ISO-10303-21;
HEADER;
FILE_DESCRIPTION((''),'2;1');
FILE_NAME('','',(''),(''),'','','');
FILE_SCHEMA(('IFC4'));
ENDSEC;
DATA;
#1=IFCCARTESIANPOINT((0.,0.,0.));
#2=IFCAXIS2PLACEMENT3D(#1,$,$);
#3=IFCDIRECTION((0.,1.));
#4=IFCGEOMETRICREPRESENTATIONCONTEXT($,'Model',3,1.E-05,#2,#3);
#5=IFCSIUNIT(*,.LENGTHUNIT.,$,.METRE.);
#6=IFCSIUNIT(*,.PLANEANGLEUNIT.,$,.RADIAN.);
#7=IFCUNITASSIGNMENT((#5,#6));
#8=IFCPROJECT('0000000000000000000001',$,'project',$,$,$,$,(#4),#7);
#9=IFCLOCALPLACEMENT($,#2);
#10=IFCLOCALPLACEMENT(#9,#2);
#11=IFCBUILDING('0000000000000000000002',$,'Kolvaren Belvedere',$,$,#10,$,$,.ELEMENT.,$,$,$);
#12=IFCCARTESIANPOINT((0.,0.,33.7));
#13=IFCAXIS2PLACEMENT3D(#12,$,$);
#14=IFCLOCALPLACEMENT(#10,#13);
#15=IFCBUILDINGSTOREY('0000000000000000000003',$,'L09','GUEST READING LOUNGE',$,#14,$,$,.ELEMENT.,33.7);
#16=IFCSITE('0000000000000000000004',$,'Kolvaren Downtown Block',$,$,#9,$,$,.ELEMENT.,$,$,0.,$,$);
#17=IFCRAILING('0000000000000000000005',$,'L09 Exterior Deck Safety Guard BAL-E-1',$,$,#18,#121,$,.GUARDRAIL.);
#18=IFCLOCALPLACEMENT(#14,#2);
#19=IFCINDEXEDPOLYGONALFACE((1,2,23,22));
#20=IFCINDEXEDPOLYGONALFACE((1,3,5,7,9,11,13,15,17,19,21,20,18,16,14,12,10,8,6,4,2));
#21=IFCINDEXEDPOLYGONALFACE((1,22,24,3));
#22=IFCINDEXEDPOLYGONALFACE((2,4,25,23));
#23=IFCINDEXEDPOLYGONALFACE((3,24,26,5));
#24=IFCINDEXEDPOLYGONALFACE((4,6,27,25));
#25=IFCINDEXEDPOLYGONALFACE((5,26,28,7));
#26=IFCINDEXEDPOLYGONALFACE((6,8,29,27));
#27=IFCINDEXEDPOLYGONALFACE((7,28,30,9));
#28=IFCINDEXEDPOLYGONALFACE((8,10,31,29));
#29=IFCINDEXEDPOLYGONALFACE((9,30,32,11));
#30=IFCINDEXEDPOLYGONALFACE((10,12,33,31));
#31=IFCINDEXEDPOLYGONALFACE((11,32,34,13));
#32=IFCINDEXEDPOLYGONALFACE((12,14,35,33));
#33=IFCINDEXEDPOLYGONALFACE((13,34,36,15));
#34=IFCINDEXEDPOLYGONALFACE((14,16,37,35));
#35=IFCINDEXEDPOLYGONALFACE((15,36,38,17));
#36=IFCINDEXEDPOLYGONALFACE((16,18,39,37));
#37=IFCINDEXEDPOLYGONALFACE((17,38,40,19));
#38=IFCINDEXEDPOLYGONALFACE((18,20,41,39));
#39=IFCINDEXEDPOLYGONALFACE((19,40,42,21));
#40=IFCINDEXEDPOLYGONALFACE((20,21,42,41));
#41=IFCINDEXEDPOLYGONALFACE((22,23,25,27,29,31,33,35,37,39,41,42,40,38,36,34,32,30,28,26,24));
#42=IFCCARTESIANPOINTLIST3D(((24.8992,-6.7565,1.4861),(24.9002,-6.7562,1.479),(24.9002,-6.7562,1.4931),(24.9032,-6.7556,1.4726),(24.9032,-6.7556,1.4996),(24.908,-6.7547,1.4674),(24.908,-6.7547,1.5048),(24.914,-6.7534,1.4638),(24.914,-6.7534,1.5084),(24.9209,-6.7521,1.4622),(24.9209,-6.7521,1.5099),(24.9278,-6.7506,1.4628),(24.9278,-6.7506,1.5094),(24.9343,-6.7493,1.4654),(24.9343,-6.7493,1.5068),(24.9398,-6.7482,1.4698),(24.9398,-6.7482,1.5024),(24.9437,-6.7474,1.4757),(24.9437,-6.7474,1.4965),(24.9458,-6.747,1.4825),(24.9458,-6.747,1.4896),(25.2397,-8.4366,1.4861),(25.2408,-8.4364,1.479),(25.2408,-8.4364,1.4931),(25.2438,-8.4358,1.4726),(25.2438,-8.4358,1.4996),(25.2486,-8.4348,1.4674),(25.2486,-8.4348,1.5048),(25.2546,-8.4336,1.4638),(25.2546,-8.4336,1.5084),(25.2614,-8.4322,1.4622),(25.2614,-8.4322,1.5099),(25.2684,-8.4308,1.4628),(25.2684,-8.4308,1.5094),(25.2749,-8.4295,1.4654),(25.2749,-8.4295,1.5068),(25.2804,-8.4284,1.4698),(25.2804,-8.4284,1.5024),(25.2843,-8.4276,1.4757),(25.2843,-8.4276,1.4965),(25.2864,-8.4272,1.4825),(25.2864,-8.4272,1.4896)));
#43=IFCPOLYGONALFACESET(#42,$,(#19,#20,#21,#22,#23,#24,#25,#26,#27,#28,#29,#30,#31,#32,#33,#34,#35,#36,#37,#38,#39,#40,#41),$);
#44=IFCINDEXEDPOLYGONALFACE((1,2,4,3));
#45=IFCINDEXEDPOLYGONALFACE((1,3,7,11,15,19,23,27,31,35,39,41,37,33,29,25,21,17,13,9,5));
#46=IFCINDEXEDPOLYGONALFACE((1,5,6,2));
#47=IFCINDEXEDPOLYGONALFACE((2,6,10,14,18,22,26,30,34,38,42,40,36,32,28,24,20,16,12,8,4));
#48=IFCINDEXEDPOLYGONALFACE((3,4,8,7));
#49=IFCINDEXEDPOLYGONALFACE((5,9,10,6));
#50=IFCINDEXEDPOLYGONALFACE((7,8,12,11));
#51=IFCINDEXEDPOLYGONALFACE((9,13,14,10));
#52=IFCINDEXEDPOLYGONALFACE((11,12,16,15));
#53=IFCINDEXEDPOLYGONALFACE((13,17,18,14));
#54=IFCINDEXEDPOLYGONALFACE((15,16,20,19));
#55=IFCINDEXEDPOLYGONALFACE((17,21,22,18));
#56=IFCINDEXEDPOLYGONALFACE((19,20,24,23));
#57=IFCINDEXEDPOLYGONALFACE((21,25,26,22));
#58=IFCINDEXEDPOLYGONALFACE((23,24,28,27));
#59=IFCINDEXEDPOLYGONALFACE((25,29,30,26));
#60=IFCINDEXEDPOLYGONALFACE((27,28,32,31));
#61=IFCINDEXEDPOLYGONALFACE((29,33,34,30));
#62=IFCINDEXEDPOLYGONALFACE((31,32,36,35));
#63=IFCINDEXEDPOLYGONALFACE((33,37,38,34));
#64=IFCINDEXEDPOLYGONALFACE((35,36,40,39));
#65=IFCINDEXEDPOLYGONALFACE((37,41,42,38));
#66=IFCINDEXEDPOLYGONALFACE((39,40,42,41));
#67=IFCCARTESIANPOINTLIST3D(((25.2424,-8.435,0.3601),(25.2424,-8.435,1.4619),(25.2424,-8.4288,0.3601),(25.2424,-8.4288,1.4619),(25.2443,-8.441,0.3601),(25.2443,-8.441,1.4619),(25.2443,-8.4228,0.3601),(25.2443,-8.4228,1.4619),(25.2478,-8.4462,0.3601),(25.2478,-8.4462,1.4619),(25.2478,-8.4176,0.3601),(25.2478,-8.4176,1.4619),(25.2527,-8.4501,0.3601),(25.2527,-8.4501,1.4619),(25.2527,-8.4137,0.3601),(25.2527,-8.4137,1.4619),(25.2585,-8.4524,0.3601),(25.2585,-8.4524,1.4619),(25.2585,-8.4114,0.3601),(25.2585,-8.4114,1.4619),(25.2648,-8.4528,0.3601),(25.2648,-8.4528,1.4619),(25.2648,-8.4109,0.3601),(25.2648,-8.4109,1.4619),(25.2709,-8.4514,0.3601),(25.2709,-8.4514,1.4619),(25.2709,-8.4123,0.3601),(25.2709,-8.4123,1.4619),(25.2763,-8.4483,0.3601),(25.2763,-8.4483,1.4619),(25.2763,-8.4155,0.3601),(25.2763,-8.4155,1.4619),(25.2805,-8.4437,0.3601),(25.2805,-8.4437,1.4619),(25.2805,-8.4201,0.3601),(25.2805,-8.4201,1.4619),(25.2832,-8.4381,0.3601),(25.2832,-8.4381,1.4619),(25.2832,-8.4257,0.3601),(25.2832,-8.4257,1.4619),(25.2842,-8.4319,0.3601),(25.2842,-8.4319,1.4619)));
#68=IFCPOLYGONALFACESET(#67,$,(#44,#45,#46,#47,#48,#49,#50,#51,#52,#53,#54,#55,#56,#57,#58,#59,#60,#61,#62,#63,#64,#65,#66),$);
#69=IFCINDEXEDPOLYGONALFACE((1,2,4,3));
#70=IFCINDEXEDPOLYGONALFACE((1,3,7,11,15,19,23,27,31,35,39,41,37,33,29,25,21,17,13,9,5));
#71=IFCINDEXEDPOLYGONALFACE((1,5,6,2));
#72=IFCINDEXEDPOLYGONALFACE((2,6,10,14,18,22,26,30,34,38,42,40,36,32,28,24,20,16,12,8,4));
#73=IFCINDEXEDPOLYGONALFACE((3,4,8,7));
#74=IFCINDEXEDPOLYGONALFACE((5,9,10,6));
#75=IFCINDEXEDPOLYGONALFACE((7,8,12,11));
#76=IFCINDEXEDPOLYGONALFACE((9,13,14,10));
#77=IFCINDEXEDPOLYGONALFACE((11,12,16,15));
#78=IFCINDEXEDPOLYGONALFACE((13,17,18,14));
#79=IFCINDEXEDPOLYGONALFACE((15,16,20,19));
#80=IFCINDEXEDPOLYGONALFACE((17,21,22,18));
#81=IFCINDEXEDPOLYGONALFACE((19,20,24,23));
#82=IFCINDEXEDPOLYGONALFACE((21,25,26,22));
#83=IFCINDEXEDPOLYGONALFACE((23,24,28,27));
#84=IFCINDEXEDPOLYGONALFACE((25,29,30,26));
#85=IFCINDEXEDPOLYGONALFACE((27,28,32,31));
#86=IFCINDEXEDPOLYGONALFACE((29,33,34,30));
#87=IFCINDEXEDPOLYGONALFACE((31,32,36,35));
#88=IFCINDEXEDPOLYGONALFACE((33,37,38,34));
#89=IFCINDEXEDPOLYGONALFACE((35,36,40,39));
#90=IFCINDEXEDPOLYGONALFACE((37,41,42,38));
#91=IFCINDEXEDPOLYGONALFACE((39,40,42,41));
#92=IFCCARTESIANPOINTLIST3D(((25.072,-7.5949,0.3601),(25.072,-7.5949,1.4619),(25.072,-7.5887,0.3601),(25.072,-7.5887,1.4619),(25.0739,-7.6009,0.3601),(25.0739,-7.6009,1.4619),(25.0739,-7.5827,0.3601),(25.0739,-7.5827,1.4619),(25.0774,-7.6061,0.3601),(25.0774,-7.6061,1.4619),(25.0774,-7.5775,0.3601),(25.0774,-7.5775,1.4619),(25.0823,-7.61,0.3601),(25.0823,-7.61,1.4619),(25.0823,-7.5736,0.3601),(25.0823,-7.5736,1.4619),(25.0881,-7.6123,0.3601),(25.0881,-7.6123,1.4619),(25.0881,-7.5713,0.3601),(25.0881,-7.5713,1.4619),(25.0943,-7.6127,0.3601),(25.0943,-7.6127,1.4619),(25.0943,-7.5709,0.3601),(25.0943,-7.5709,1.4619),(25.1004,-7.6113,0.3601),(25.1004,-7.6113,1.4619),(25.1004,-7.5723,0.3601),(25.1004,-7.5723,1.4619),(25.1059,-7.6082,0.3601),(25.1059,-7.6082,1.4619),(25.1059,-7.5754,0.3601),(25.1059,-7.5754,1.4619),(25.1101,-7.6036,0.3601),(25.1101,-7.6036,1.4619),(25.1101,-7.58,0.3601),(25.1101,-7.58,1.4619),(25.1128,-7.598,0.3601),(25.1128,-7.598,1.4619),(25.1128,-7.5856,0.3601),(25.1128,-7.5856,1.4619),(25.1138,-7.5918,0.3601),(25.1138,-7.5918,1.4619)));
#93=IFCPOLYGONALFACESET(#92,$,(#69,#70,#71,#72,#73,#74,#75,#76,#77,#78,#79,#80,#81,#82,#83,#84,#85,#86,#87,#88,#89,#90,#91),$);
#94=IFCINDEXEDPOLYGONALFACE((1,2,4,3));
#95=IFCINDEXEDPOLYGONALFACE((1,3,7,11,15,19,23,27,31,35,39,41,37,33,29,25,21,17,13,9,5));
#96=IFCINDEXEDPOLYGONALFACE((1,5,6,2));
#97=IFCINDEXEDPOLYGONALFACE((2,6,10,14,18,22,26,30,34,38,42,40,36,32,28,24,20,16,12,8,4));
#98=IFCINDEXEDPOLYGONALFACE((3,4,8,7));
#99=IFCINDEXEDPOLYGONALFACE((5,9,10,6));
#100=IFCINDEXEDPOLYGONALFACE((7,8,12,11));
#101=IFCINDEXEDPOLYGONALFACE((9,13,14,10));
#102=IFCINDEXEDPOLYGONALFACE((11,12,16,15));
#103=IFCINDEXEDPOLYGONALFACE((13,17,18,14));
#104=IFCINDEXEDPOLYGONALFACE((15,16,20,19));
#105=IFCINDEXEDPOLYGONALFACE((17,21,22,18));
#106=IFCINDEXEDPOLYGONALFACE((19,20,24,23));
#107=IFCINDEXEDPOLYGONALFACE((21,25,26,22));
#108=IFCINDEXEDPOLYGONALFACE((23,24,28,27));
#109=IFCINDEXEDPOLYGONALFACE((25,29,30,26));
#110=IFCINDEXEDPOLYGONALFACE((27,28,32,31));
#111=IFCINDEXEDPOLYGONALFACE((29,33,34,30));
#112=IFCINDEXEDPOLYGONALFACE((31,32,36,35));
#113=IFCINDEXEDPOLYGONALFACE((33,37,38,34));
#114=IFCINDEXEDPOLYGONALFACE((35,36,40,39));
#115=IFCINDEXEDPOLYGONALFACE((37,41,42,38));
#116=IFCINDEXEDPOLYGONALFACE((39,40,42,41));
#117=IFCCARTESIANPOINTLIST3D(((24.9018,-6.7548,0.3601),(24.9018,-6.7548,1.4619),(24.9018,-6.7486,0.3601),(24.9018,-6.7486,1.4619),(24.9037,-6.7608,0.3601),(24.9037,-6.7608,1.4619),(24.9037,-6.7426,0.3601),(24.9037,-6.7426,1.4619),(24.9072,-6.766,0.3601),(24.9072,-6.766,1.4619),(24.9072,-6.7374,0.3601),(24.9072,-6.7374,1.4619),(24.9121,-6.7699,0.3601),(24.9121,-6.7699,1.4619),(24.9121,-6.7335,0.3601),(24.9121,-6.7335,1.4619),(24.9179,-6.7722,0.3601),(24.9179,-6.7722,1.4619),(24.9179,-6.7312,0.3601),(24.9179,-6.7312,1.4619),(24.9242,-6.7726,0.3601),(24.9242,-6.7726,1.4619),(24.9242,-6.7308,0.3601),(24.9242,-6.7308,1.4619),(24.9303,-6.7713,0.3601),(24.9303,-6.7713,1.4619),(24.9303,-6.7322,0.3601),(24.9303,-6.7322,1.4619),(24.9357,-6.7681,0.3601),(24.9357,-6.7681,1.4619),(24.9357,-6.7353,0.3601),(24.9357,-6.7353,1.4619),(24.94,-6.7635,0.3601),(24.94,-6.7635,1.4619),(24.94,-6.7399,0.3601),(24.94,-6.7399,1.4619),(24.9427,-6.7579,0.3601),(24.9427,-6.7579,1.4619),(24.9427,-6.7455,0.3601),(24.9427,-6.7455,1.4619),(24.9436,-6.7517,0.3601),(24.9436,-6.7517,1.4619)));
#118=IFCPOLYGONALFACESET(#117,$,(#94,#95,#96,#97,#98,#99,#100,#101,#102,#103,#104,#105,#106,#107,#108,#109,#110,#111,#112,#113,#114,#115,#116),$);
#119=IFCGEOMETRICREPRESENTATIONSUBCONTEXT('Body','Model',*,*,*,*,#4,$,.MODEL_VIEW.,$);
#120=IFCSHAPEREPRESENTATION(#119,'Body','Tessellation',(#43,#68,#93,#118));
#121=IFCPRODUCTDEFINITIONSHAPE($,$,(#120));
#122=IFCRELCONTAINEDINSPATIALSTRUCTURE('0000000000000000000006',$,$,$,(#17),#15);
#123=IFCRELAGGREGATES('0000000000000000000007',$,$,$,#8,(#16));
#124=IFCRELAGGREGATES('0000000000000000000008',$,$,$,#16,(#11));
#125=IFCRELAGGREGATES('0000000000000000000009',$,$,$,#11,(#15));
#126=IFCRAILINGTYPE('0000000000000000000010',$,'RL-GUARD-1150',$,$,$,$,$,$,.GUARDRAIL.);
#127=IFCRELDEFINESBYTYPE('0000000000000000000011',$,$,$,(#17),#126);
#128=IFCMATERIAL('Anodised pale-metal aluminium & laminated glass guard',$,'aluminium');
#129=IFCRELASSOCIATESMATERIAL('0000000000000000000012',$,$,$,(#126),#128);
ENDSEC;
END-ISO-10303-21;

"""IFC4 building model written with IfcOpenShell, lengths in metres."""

from ifc_helpers import new_model, si_unit, direction, frame, origin, origin_2d, place, context, subcontext, project, spatial, circle, extrude, material, type_object, element, save


model = new_model("IFC4")

# Units and contexts
model_context = context("Model", 3, precision=1e-05, world=origin(), true_north=direction((0.0, 1.0)))
body_context = subcontext(model_context, "Body", "Model", "MODEL_VIEW")
ifc_project = project(units=[si_unit("LENGTHUNIT", "METRE"), si_unit("PLANEANGLEUNIT", "RADIAN")], contexts=[model_context])

# Site, building, storey
site_placement = place(None, origin())
site = spatial("IfcSite", under=ifc_project, at=site_placement, Name="Kolvaren Downtown Block", CompositionType="ELEMENT", RefElevation=0.0)
building_placement = place(site_placement, origin())
building = spatial("IfcBuilding", under=site, at=building_placement, Name="Kolvaren Belvedere", CompositionType="ELEMENT")
storey_placement = place(building_placement, frame((0.0, 0.0, 33.7)))
storey = spatial("IfcBuildingStorey", under=building, at=storey_placement, Name="L09", Description="GUEST READING LOUNGE", CompositionType="ELEMENT", Elevation=33.7)

# Railing
ifc_material_1 = material(Name="Anodised pale-metal aluminium & laminated glass guard", Category="aluminium")
railing_type = type_object("IfcRailingType", Name="RL-GUARD-1150", PredefinedType="GUARDRAIL", material=ifc_material_1)
railing_1_placement = place(storey_placement, frame((25.2632, -8.4319, 0.3601)))
element("IfcRailing", 1, at=railing_1_placement, inside=storey, type_object=railing_type, Name="L09 Exterior Deck Safety Guard BAL-E-1", PredefinedType="GUARDRAIL", context=body_context, shape_type="SweptSolid", body=[
    extrude(circle(Radius=0.0239, at=origin_2d()), frame((0.0, 0.0, 1.126), z_axis=(-0.198662, 0.980068, 0.0), x_axis=(-0.980068, -0.198662, 0.0)), (0.0, 0.0, 1.0), 1.7144),
    extrude(circle(Radius=0.021, at=origin_2d()), origin(), (0.0, 0.0, 1.0), 1.1018),
    extrude(circle(Radius=0.021, at=origin_2d()), frame((-0.1704, 0.8401, 0.0)), (0.0, 0.0, 1.0), 1.1018),
    extrude(circle(Radius=0.021, at=origin_2d()), frame((-0.3406, 1.6802, 0.0)), (0.0, 0.0, 1.0), 1.1018),
])

save(model, "model.ifc")
